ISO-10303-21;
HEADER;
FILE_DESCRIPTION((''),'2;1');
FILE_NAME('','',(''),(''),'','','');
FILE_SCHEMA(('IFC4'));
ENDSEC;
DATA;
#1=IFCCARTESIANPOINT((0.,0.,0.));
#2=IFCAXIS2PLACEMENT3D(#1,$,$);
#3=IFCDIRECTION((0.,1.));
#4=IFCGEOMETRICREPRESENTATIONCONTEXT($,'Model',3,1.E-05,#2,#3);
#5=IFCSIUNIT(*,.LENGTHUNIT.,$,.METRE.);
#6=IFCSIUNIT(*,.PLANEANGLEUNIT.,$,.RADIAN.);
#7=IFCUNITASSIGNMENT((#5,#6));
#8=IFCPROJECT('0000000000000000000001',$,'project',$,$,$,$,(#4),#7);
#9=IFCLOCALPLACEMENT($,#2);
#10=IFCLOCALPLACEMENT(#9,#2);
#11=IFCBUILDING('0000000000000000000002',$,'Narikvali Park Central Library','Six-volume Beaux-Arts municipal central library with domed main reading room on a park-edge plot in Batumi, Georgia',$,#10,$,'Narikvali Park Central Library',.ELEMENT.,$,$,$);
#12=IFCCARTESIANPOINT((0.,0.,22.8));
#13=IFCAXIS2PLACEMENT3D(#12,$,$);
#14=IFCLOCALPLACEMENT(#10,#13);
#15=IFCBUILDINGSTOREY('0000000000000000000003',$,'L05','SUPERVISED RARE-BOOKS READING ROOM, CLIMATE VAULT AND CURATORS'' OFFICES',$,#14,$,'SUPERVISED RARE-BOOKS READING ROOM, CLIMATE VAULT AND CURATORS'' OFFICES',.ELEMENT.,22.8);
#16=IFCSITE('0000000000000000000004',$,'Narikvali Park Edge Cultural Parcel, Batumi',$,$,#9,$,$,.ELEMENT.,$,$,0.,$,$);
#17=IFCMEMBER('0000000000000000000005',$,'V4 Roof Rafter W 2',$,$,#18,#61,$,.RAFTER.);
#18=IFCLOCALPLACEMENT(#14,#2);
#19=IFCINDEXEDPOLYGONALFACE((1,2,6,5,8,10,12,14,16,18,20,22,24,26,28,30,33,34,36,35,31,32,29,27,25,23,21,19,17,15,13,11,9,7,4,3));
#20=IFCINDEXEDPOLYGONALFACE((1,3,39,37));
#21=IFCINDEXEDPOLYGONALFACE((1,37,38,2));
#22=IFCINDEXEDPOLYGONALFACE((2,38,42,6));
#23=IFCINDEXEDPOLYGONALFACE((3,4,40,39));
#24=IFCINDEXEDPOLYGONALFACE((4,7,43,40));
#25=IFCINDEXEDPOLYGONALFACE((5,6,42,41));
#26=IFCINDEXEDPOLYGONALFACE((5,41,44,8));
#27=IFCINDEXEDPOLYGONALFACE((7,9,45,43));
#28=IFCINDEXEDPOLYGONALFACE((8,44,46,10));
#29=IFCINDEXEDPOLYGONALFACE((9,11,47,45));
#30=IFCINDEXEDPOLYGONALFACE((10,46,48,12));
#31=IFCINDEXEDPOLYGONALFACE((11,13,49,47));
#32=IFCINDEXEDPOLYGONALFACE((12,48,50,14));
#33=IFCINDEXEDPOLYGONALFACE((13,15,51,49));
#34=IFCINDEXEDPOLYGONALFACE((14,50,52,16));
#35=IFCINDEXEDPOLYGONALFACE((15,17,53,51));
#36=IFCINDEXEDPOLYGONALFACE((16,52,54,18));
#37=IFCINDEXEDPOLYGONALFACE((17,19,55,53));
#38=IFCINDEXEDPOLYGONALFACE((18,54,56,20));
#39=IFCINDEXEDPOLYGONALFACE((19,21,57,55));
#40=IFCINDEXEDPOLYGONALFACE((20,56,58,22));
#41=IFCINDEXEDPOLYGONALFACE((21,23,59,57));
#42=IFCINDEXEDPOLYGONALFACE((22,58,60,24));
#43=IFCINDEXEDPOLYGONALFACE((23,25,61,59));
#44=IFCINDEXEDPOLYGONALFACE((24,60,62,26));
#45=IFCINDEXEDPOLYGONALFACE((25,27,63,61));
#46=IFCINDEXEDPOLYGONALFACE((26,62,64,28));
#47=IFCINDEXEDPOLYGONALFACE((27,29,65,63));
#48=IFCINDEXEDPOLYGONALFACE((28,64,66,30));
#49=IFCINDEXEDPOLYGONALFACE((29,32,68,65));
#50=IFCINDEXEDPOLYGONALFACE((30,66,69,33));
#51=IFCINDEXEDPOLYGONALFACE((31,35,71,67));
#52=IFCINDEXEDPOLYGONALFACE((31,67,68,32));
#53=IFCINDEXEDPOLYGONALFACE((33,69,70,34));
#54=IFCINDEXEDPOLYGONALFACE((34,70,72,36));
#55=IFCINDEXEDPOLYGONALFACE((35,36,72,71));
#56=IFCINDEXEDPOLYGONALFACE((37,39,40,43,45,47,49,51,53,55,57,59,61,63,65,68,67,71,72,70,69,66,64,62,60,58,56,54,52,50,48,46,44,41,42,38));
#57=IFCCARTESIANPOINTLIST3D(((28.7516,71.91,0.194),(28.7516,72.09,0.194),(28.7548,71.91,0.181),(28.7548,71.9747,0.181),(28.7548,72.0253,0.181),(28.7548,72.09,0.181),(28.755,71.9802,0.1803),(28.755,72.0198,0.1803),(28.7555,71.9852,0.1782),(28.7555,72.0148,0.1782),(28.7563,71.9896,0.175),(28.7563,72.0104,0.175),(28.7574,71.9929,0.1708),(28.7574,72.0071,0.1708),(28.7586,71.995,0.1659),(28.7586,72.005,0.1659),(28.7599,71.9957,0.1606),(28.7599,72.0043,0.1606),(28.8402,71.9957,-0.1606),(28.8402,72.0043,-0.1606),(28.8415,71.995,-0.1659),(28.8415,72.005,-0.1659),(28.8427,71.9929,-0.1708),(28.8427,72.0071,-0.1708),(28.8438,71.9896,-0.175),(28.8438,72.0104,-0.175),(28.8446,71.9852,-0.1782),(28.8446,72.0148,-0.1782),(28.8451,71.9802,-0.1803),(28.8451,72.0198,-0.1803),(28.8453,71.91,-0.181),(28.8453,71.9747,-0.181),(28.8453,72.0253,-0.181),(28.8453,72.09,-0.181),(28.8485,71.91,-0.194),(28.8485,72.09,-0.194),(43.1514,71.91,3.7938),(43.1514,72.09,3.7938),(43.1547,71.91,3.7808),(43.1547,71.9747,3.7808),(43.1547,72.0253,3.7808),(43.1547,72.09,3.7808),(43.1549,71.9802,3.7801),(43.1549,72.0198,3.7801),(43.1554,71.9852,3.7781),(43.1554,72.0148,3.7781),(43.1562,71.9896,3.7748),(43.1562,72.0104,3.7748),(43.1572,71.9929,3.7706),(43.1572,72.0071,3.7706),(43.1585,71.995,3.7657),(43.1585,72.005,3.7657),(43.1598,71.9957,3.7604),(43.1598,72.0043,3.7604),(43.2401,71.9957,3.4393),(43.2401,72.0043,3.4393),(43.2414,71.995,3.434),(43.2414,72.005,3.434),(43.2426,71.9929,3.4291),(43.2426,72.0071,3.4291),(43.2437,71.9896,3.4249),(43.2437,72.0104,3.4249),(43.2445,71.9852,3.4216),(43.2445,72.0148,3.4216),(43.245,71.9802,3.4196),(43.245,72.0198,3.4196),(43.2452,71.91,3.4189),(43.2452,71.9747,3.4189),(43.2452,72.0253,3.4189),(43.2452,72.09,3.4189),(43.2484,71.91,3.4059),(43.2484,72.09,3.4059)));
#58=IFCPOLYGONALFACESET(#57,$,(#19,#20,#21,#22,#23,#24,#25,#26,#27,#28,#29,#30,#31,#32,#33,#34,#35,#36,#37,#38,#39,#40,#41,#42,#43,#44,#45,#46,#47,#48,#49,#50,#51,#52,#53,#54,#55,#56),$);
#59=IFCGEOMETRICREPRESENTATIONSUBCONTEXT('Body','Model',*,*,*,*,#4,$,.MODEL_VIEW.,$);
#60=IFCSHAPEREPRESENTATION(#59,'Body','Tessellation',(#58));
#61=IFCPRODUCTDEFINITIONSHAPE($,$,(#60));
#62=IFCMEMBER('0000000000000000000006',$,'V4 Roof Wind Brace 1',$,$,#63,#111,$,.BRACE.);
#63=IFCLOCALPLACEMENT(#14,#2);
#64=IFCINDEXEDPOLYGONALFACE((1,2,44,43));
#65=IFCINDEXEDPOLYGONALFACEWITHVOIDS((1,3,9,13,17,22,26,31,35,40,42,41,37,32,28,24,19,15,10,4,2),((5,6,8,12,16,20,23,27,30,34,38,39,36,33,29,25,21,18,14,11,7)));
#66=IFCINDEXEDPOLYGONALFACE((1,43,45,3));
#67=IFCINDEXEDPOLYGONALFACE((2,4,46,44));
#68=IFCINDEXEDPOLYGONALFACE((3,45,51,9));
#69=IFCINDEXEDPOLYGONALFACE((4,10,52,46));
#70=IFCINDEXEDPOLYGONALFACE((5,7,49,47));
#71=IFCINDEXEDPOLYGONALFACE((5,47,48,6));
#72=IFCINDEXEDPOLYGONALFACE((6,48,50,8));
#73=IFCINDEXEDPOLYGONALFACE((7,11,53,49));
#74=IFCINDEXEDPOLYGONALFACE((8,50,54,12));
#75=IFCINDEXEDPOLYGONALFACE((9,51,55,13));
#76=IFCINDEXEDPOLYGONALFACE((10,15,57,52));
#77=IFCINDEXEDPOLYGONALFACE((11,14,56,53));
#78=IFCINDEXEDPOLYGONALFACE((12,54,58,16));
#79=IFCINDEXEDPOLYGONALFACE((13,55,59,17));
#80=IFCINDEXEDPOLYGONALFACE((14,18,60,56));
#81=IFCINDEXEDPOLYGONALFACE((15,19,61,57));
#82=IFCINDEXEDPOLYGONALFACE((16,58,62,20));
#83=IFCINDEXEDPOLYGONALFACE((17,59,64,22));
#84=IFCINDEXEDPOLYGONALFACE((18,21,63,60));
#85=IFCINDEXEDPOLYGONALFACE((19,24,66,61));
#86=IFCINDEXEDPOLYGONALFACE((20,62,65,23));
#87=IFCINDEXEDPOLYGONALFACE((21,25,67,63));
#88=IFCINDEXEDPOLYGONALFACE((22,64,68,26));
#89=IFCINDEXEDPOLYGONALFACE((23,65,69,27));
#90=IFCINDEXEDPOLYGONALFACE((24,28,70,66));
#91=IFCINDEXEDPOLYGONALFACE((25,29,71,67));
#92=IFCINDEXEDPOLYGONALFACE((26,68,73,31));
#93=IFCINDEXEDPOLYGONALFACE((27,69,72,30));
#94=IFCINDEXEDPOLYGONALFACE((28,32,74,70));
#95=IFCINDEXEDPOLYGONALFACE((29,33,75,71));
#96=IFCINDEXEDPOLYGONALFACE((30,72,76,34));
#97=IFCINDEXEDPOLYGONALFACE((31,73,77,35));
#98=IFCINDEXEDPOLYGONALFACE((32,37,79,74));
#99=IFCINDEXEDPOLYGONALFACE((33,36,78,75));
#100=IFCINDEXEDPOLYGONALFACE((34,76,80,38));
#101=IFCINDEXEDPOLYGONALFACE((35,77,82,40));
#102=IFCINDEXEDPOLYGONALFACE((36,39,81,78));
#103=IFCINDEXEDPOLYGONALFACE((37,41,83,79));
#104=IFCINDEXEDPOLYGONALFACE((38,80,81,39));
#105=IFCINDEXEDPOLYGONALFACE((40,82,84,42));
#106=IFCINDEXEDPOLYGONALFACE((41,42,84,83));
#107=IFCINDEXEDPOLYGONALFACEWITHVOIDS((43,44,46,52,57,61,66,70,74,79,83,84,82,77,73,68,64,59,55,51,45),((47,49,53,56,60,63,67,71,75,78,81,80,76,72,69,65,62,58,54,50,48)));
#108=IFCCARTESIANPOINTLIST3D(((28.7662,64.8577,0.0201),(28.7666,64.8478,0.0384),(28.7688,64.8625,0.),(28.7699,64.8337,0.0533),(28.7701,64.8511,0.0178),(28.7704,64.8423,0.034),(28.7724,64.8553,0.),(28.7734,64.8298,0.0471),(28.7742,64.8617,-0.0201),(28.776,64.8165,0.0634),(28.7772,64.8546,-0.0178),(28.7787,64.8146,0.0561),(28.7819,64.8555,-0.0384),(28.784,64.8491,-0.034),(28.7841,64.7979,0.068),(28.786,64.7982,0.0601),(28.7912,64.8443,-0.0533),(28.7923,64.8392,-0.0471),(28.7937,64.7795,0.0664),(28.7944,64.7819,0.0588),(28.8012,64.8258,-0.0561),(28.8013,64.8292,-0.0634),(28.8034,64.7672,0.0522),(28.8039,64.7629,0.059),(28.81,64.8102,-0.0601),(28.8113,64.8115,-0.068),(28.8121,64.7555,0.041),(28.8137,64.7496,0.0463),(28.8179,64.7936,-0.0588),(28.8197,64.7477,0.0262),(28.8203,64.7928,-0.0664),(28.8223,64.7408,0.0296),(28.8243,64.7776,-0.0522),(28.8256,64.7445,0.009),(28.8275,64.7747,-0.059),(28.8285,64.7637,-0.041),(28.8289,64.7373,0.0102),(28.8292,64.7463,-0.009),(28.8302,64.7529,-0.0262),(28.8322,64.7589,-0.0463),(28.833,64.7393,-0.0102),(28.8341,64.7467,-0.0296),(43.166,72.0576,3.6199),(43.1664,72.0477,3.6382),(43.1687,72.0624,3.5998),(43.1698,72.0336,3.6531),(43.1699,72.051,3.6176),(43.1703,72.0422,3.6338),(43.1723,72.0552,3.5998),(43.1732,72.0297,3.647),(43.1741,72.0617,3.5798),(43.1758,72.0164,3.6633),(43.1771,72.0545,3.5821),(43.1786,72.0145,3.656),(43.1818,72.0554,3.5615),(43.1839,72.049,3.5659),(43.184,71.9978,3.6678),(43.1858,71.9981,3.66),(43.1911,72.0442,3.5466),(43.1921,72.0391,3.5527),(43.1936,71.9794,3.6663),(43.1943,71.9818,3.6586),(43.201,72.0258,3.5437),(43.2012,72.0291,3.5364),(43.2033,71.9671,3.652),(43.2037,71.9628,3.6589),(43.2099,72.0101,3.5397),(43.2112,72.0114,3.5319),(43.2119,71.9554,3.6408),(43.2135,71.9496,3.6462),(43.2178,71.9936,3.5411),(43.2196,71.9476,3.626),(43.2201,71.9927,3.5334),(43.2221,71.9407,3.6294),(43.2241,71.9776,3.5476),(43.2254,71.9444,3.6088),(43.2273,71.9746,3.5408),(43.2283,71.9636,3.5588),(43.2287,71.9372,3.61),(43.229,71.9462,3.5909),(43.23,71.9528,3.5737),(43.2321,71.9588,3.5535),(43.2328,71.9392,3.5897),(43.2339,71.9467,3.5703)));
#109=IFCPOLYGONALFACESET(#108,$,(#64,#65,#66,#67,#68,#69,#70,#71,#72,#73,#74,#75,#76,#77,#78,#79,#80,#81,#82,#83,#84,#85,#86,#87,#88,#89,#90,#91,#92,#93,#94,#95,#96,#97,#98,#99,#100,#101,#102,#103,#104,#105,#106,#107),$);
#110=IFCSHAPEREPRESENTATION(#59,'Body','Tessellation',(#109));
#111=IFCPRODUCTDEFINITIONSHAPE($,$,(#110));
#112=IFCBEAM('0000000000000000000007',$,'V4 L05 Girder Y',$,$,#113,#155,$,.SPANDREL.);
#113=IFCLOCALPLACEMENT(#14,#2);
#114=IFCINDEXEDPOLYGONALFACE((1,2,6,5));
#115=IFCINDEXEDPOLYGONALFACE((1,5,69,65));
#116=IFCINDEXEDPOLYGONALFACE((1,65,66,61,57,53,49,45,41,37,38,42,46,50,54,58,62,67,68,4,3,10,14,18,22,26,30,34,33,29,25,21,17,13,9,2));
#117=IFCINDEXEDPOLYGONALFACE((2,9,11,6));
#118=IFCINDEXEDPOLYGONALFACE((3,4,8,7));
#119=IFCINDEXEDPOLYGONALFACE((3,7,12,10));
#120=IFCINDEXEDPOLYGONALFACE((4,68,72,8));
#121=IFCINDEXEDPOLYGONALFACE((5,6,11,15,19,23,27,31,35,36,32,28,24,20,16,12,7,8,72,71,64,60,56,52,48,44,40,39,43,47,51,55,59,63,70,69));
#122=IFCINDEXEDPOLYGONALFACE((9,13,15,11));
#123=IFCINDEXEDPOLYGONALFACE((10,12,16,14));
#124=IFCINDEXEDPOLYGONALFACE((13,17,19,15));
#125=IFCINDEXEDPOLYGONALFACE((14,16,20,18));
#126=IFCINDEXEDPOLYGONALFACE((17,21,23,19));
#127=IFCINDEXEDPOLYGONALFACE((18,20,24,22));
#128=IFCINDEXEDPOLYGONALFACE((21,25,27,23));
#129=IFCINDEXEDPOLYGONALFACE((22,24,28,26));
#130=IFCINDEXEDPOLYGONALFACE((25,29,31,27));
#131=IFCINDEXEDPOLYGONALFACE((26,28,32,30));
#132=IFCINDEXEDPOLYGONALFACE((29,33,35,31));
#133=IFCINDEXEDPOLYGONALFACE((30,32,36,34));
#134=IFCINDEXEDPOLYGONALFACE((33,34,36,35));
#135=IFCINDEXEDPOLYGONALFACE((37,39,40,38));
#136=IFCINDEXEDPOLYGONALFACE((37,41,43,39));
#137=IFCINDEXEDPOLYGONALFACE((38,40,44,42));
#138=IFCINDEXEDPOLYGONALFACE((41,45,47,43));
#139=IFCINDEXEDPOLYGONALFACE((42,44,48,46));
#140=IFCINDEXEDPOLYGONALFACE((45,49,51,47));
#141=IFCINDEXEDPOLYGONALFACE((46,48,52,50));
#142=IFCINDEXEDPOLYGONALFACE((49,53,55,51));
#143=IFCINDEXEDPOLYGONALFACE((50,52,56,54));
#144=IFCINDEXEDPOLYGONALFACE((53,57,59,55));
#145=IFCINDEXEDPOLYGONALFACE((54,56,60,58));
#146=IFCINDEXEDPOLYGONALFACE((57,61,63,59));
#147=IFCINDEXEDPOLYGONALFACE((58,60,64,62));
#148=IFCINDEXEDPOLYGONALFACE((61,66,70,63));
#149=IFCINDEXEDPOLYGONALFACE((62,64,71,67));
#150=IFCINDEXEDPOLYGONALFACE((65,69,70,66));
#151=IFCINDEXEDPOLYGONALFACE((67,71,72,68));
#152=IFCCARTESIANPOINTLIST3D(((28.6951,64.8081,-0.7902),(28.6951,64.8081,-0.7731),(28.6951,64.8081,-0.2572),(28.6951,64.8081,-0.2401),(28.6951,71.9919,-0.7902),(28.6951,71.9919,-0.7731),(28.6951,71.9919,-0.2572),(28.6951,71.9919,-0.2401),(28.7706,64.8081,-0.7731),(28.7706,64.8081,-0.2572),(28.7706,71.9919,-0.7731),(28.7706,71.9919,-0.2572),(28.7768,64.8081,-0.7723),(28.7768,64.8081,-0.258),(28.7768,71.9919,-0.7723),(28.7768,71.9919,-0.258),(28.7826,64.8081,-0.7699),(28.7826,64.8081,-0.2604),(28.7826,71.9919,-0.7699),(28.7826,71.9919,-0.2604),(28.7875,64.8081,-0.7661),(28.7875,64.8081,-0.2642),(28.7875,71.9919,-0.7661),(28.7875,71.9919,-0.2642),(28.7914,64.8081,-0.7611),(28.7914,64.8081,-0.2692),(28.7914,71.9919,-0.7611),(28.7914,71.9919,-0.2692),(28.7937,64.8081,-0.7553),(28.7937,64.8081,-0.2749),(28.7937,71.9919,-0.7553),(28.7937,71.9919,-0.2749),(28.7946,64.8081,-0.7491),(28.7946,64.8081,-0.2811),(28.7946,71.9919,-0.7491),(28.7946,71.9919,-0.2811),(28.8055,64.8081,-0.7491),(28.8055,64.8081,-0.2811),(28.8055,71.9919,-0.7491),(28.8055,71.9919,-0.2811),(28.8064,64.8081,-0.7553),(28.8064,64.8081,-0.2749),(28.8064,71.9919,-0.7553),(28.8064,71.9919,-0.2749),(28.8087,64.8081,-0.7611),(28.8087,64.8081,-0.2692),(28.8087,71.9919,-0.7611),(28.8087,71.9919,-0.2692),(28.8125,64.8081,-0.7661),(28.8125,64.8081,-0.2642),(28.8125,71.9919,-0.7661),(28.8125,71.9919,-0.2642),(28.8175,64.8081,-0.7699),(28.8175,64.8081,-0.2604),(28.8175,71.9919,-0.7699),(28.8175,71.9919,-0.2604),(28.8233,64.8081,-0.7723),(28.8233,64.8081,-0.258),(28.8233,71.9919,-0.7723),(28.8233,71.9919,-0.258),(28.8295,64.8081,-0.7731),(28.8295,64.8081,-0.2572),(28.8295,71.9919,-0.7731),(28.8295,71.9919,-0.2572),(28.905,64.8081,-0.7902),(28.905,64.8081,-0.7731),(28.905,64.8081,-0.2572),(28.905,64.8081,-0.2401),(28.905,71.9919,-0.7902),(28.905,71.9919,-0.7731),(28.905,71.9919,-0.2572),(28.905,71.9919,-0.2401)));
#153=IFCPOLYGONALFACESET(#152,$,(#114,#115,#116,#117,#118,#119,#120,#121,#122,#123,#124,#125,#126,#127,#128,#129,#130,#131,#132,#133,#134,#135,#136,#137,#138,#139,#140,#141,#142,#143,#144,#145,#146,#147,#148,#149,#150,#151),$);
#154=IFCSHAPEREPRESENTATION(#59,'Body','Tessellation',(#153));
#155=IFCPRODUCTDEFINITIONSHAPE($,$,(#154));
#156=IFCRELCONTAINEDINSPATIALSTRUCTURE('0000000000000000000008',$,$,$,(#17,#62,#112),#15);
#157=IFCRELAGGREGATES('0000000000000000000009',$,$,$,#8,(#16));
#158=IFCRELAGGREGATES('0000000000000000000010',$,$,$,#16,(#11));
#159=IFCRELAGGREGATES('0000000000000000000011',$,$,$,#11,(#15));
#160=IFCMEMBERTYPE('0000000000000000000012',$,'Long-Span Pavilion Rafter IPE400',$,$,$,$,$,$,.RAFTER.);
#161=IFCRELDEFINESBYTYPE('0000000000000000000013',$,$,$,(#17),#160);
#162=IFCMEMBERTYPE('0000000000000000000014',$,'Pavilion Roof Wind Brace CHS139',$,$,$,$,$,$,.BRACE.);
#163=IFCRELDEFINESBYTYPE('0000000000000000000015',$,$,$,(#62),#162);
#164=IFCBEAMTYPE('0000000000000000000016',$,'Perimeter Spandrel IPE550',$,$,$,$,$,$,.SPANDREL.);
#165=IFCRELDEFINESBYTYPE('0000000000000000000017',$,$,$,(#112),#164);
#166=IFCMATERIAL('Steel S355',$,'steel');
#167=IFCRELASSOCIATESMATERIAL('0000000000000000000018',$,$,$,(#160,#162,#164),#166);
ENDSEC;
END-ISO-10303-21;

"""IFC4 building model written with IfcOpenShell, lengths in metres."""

from ifc_helpers import new_model, si_unit, direction, frame, origin, origin_2d, place, context, subcontext, project, spatial, hollow_circle, i_section, extrude, material, material_profile, profile_set, type_object, element, save


model = new_model("IFC4")

# Units and contexts
model_context = context("Model", 3, precision=1e-05, world=origin(), true_north=direction((0.0, 1.0)))
body_context = subcontext(model_context, "Body", "Model", "MODEL_VIEW")
ifc_project = project(units=[si_unit("LENGTHUNIT", "METRE"), si_unit("PLANEANGLEUNIT", "RADIAN")], contexts=[model_context])

# Site, building, storey
site_placement = place(None, origin())
site = spatial("IfcSite", under=ifc_project, at=site_placement, Name="Narikvali Park Edge Cultural Parcel, Batumi", CompositionType="ELEMENT", RefElevation=0.0)
building_placement = place(site_placement, origin())
building = spatial("IfcBuilding", under=site, at=building_placement, Name="Narikvali Park Central Library", Description="Six-volume Beaux-Arts municipal central library with domed main reading room on a park-edge plot in Batumi, Georgia", LongName="Narikvali Park Central Library", CompositionType="ELEMENT")
storey_placement = place(building_placement, frame((0.0, 0.0, 22.8)))
storey = spatial("IfcBuildingStorey", under=building, at=storey_placement, Name="L05", Description="SUPERVISED RARE-BOOKS READING ROOM, CLIMATE VAULT AND CURATORS' OFFICES", LongName="SUPERVISED RARE-BOOKS READING ROOM, CLIMATE VAULT AND CURATORS' OFFICES", CompositionType="ELEMENT", Elevation=22.8)

# Shared definitions
ifc_material_1 = material(Name="Steel S355", Category="steel")

# Members
ifc_material_profile_1 = material_profile(ifc_material_1, i_section(OverallWidth=0.1799, OverallDepth=0.3999, WebThickness=0.0085, FlangeThickness=0.0134, FilletRadius=0.021, at=origin_2d()), Name="IPE 400")
ifc_profile_set_1 = profile_set([ifc_material_profile_1], Name="Steel S355")
member_type_1 = type_object("IfcMemberType", Name="Long-Span Pavilion Rafter IPE400", PredefinedType="RAFTER", material=ifc_profile_set_1)
for number, where, z_axis, x_axis, name in (
    (1, (28.8, 72.0, 0.0), (0.970144, 0.0, 0.242528), (0.0, 1.0, 0.0), "V4 Roof Rafter W 2"),
):
    element("IfcMember", number, at=place(storey_placement, frame(where, z_axis=z_axis, x_axis=x_axis)), inside=storey, type_object=member_type_1, Name=name, PredefinedType="RAFTER", context=body_context, shape_type="SweptSolid", body=[
        extrude(i_section(OverallWidth=0.1799, OverallDepth=0.3999, WebThickness=0.0085, FlangeThickness=0.0134, FilletRadius=0.021, at=origin_2d()), origin(), (0.0, 0.0, 1.0), 14.843),
    ])
ifc_material_profile_2 = material_profile(ifc_material_1, hollow_circle(Radius=0.0698, WallThickness=0.0081, at=origin_2d()), Name="CHS 139.7x8")
ifc_profile_set_2 = profile_set([ifc_material_profile_2], Name="Steel S355")
member_type_2 = type_object("IfcMemberType", Name="Pavilion Roof Wind Brace CHS139", PredefinedType="BRACE", material=ifc_profile_set_2)
member_placement = place(storey_placement, frame((28.8, 64.8, 0.0), z_axis=(0.872873, 0.436436, 0.218211), x_axis=(-0.447214, 0.894427, 0.0)))
element("IfcMember", 2, at=member_placement, inside=storey, type_object=member_type_2, Name="V4 Roof Wind Brace 1", PredefinedType="BRACE", context=body_context, shape_type="SweptSolid", body=[
    extrude(hollow_circle(Radius=0.0698, WallThickness=0.0081, at=origin_2d()), origin(), (0.0, 0.0, 1.0), 16.4971),
])

# Beam
ifc_material_profile_3 = material_profile(ifc_material_1, i_section(OverallWidth=0.21, OverallDepth=0.55, WebThickness=0.011, FlangeThickness=0.0171, FilletRadius=0.0239, at=origin_2d()), Name="IPE 550")
ifc_profile_set_3 = profile_set([ifc_material_profile_3], Name="Steel S355")
beam_type_1 = type_object("IfcBeamType", Name="Perimeter Spandrel IPE550", PredefinedType="SPANDREL", material=ifc_profile_set_3)
beam_1_placement = place(storey_placement, frame((28.8, 64.8081, -0.5151), z_axis=(0.0, 1.0, 0.0), x_axis=(-1.0, 0.0, 0.0)))
element("IfcBeam", 3, at=beam_1_placement, inside=storey, type_object=beam_type_1, Name="V4 L05 Girder Y", PredefinedType="SPANDREL", context=body_context, shape_type="SweptSolid", body=[
    extrude(i_section(OverallWidth=0.21, OverallDepth=0.55, WebThickness=0.011, FlangeThickness=0.0171, FilletRadius=0.0239, at=origin_2d()), origin(), (0.0, 0.0, 1.0), 7.1838),
])

save(model, "model.ifc")
